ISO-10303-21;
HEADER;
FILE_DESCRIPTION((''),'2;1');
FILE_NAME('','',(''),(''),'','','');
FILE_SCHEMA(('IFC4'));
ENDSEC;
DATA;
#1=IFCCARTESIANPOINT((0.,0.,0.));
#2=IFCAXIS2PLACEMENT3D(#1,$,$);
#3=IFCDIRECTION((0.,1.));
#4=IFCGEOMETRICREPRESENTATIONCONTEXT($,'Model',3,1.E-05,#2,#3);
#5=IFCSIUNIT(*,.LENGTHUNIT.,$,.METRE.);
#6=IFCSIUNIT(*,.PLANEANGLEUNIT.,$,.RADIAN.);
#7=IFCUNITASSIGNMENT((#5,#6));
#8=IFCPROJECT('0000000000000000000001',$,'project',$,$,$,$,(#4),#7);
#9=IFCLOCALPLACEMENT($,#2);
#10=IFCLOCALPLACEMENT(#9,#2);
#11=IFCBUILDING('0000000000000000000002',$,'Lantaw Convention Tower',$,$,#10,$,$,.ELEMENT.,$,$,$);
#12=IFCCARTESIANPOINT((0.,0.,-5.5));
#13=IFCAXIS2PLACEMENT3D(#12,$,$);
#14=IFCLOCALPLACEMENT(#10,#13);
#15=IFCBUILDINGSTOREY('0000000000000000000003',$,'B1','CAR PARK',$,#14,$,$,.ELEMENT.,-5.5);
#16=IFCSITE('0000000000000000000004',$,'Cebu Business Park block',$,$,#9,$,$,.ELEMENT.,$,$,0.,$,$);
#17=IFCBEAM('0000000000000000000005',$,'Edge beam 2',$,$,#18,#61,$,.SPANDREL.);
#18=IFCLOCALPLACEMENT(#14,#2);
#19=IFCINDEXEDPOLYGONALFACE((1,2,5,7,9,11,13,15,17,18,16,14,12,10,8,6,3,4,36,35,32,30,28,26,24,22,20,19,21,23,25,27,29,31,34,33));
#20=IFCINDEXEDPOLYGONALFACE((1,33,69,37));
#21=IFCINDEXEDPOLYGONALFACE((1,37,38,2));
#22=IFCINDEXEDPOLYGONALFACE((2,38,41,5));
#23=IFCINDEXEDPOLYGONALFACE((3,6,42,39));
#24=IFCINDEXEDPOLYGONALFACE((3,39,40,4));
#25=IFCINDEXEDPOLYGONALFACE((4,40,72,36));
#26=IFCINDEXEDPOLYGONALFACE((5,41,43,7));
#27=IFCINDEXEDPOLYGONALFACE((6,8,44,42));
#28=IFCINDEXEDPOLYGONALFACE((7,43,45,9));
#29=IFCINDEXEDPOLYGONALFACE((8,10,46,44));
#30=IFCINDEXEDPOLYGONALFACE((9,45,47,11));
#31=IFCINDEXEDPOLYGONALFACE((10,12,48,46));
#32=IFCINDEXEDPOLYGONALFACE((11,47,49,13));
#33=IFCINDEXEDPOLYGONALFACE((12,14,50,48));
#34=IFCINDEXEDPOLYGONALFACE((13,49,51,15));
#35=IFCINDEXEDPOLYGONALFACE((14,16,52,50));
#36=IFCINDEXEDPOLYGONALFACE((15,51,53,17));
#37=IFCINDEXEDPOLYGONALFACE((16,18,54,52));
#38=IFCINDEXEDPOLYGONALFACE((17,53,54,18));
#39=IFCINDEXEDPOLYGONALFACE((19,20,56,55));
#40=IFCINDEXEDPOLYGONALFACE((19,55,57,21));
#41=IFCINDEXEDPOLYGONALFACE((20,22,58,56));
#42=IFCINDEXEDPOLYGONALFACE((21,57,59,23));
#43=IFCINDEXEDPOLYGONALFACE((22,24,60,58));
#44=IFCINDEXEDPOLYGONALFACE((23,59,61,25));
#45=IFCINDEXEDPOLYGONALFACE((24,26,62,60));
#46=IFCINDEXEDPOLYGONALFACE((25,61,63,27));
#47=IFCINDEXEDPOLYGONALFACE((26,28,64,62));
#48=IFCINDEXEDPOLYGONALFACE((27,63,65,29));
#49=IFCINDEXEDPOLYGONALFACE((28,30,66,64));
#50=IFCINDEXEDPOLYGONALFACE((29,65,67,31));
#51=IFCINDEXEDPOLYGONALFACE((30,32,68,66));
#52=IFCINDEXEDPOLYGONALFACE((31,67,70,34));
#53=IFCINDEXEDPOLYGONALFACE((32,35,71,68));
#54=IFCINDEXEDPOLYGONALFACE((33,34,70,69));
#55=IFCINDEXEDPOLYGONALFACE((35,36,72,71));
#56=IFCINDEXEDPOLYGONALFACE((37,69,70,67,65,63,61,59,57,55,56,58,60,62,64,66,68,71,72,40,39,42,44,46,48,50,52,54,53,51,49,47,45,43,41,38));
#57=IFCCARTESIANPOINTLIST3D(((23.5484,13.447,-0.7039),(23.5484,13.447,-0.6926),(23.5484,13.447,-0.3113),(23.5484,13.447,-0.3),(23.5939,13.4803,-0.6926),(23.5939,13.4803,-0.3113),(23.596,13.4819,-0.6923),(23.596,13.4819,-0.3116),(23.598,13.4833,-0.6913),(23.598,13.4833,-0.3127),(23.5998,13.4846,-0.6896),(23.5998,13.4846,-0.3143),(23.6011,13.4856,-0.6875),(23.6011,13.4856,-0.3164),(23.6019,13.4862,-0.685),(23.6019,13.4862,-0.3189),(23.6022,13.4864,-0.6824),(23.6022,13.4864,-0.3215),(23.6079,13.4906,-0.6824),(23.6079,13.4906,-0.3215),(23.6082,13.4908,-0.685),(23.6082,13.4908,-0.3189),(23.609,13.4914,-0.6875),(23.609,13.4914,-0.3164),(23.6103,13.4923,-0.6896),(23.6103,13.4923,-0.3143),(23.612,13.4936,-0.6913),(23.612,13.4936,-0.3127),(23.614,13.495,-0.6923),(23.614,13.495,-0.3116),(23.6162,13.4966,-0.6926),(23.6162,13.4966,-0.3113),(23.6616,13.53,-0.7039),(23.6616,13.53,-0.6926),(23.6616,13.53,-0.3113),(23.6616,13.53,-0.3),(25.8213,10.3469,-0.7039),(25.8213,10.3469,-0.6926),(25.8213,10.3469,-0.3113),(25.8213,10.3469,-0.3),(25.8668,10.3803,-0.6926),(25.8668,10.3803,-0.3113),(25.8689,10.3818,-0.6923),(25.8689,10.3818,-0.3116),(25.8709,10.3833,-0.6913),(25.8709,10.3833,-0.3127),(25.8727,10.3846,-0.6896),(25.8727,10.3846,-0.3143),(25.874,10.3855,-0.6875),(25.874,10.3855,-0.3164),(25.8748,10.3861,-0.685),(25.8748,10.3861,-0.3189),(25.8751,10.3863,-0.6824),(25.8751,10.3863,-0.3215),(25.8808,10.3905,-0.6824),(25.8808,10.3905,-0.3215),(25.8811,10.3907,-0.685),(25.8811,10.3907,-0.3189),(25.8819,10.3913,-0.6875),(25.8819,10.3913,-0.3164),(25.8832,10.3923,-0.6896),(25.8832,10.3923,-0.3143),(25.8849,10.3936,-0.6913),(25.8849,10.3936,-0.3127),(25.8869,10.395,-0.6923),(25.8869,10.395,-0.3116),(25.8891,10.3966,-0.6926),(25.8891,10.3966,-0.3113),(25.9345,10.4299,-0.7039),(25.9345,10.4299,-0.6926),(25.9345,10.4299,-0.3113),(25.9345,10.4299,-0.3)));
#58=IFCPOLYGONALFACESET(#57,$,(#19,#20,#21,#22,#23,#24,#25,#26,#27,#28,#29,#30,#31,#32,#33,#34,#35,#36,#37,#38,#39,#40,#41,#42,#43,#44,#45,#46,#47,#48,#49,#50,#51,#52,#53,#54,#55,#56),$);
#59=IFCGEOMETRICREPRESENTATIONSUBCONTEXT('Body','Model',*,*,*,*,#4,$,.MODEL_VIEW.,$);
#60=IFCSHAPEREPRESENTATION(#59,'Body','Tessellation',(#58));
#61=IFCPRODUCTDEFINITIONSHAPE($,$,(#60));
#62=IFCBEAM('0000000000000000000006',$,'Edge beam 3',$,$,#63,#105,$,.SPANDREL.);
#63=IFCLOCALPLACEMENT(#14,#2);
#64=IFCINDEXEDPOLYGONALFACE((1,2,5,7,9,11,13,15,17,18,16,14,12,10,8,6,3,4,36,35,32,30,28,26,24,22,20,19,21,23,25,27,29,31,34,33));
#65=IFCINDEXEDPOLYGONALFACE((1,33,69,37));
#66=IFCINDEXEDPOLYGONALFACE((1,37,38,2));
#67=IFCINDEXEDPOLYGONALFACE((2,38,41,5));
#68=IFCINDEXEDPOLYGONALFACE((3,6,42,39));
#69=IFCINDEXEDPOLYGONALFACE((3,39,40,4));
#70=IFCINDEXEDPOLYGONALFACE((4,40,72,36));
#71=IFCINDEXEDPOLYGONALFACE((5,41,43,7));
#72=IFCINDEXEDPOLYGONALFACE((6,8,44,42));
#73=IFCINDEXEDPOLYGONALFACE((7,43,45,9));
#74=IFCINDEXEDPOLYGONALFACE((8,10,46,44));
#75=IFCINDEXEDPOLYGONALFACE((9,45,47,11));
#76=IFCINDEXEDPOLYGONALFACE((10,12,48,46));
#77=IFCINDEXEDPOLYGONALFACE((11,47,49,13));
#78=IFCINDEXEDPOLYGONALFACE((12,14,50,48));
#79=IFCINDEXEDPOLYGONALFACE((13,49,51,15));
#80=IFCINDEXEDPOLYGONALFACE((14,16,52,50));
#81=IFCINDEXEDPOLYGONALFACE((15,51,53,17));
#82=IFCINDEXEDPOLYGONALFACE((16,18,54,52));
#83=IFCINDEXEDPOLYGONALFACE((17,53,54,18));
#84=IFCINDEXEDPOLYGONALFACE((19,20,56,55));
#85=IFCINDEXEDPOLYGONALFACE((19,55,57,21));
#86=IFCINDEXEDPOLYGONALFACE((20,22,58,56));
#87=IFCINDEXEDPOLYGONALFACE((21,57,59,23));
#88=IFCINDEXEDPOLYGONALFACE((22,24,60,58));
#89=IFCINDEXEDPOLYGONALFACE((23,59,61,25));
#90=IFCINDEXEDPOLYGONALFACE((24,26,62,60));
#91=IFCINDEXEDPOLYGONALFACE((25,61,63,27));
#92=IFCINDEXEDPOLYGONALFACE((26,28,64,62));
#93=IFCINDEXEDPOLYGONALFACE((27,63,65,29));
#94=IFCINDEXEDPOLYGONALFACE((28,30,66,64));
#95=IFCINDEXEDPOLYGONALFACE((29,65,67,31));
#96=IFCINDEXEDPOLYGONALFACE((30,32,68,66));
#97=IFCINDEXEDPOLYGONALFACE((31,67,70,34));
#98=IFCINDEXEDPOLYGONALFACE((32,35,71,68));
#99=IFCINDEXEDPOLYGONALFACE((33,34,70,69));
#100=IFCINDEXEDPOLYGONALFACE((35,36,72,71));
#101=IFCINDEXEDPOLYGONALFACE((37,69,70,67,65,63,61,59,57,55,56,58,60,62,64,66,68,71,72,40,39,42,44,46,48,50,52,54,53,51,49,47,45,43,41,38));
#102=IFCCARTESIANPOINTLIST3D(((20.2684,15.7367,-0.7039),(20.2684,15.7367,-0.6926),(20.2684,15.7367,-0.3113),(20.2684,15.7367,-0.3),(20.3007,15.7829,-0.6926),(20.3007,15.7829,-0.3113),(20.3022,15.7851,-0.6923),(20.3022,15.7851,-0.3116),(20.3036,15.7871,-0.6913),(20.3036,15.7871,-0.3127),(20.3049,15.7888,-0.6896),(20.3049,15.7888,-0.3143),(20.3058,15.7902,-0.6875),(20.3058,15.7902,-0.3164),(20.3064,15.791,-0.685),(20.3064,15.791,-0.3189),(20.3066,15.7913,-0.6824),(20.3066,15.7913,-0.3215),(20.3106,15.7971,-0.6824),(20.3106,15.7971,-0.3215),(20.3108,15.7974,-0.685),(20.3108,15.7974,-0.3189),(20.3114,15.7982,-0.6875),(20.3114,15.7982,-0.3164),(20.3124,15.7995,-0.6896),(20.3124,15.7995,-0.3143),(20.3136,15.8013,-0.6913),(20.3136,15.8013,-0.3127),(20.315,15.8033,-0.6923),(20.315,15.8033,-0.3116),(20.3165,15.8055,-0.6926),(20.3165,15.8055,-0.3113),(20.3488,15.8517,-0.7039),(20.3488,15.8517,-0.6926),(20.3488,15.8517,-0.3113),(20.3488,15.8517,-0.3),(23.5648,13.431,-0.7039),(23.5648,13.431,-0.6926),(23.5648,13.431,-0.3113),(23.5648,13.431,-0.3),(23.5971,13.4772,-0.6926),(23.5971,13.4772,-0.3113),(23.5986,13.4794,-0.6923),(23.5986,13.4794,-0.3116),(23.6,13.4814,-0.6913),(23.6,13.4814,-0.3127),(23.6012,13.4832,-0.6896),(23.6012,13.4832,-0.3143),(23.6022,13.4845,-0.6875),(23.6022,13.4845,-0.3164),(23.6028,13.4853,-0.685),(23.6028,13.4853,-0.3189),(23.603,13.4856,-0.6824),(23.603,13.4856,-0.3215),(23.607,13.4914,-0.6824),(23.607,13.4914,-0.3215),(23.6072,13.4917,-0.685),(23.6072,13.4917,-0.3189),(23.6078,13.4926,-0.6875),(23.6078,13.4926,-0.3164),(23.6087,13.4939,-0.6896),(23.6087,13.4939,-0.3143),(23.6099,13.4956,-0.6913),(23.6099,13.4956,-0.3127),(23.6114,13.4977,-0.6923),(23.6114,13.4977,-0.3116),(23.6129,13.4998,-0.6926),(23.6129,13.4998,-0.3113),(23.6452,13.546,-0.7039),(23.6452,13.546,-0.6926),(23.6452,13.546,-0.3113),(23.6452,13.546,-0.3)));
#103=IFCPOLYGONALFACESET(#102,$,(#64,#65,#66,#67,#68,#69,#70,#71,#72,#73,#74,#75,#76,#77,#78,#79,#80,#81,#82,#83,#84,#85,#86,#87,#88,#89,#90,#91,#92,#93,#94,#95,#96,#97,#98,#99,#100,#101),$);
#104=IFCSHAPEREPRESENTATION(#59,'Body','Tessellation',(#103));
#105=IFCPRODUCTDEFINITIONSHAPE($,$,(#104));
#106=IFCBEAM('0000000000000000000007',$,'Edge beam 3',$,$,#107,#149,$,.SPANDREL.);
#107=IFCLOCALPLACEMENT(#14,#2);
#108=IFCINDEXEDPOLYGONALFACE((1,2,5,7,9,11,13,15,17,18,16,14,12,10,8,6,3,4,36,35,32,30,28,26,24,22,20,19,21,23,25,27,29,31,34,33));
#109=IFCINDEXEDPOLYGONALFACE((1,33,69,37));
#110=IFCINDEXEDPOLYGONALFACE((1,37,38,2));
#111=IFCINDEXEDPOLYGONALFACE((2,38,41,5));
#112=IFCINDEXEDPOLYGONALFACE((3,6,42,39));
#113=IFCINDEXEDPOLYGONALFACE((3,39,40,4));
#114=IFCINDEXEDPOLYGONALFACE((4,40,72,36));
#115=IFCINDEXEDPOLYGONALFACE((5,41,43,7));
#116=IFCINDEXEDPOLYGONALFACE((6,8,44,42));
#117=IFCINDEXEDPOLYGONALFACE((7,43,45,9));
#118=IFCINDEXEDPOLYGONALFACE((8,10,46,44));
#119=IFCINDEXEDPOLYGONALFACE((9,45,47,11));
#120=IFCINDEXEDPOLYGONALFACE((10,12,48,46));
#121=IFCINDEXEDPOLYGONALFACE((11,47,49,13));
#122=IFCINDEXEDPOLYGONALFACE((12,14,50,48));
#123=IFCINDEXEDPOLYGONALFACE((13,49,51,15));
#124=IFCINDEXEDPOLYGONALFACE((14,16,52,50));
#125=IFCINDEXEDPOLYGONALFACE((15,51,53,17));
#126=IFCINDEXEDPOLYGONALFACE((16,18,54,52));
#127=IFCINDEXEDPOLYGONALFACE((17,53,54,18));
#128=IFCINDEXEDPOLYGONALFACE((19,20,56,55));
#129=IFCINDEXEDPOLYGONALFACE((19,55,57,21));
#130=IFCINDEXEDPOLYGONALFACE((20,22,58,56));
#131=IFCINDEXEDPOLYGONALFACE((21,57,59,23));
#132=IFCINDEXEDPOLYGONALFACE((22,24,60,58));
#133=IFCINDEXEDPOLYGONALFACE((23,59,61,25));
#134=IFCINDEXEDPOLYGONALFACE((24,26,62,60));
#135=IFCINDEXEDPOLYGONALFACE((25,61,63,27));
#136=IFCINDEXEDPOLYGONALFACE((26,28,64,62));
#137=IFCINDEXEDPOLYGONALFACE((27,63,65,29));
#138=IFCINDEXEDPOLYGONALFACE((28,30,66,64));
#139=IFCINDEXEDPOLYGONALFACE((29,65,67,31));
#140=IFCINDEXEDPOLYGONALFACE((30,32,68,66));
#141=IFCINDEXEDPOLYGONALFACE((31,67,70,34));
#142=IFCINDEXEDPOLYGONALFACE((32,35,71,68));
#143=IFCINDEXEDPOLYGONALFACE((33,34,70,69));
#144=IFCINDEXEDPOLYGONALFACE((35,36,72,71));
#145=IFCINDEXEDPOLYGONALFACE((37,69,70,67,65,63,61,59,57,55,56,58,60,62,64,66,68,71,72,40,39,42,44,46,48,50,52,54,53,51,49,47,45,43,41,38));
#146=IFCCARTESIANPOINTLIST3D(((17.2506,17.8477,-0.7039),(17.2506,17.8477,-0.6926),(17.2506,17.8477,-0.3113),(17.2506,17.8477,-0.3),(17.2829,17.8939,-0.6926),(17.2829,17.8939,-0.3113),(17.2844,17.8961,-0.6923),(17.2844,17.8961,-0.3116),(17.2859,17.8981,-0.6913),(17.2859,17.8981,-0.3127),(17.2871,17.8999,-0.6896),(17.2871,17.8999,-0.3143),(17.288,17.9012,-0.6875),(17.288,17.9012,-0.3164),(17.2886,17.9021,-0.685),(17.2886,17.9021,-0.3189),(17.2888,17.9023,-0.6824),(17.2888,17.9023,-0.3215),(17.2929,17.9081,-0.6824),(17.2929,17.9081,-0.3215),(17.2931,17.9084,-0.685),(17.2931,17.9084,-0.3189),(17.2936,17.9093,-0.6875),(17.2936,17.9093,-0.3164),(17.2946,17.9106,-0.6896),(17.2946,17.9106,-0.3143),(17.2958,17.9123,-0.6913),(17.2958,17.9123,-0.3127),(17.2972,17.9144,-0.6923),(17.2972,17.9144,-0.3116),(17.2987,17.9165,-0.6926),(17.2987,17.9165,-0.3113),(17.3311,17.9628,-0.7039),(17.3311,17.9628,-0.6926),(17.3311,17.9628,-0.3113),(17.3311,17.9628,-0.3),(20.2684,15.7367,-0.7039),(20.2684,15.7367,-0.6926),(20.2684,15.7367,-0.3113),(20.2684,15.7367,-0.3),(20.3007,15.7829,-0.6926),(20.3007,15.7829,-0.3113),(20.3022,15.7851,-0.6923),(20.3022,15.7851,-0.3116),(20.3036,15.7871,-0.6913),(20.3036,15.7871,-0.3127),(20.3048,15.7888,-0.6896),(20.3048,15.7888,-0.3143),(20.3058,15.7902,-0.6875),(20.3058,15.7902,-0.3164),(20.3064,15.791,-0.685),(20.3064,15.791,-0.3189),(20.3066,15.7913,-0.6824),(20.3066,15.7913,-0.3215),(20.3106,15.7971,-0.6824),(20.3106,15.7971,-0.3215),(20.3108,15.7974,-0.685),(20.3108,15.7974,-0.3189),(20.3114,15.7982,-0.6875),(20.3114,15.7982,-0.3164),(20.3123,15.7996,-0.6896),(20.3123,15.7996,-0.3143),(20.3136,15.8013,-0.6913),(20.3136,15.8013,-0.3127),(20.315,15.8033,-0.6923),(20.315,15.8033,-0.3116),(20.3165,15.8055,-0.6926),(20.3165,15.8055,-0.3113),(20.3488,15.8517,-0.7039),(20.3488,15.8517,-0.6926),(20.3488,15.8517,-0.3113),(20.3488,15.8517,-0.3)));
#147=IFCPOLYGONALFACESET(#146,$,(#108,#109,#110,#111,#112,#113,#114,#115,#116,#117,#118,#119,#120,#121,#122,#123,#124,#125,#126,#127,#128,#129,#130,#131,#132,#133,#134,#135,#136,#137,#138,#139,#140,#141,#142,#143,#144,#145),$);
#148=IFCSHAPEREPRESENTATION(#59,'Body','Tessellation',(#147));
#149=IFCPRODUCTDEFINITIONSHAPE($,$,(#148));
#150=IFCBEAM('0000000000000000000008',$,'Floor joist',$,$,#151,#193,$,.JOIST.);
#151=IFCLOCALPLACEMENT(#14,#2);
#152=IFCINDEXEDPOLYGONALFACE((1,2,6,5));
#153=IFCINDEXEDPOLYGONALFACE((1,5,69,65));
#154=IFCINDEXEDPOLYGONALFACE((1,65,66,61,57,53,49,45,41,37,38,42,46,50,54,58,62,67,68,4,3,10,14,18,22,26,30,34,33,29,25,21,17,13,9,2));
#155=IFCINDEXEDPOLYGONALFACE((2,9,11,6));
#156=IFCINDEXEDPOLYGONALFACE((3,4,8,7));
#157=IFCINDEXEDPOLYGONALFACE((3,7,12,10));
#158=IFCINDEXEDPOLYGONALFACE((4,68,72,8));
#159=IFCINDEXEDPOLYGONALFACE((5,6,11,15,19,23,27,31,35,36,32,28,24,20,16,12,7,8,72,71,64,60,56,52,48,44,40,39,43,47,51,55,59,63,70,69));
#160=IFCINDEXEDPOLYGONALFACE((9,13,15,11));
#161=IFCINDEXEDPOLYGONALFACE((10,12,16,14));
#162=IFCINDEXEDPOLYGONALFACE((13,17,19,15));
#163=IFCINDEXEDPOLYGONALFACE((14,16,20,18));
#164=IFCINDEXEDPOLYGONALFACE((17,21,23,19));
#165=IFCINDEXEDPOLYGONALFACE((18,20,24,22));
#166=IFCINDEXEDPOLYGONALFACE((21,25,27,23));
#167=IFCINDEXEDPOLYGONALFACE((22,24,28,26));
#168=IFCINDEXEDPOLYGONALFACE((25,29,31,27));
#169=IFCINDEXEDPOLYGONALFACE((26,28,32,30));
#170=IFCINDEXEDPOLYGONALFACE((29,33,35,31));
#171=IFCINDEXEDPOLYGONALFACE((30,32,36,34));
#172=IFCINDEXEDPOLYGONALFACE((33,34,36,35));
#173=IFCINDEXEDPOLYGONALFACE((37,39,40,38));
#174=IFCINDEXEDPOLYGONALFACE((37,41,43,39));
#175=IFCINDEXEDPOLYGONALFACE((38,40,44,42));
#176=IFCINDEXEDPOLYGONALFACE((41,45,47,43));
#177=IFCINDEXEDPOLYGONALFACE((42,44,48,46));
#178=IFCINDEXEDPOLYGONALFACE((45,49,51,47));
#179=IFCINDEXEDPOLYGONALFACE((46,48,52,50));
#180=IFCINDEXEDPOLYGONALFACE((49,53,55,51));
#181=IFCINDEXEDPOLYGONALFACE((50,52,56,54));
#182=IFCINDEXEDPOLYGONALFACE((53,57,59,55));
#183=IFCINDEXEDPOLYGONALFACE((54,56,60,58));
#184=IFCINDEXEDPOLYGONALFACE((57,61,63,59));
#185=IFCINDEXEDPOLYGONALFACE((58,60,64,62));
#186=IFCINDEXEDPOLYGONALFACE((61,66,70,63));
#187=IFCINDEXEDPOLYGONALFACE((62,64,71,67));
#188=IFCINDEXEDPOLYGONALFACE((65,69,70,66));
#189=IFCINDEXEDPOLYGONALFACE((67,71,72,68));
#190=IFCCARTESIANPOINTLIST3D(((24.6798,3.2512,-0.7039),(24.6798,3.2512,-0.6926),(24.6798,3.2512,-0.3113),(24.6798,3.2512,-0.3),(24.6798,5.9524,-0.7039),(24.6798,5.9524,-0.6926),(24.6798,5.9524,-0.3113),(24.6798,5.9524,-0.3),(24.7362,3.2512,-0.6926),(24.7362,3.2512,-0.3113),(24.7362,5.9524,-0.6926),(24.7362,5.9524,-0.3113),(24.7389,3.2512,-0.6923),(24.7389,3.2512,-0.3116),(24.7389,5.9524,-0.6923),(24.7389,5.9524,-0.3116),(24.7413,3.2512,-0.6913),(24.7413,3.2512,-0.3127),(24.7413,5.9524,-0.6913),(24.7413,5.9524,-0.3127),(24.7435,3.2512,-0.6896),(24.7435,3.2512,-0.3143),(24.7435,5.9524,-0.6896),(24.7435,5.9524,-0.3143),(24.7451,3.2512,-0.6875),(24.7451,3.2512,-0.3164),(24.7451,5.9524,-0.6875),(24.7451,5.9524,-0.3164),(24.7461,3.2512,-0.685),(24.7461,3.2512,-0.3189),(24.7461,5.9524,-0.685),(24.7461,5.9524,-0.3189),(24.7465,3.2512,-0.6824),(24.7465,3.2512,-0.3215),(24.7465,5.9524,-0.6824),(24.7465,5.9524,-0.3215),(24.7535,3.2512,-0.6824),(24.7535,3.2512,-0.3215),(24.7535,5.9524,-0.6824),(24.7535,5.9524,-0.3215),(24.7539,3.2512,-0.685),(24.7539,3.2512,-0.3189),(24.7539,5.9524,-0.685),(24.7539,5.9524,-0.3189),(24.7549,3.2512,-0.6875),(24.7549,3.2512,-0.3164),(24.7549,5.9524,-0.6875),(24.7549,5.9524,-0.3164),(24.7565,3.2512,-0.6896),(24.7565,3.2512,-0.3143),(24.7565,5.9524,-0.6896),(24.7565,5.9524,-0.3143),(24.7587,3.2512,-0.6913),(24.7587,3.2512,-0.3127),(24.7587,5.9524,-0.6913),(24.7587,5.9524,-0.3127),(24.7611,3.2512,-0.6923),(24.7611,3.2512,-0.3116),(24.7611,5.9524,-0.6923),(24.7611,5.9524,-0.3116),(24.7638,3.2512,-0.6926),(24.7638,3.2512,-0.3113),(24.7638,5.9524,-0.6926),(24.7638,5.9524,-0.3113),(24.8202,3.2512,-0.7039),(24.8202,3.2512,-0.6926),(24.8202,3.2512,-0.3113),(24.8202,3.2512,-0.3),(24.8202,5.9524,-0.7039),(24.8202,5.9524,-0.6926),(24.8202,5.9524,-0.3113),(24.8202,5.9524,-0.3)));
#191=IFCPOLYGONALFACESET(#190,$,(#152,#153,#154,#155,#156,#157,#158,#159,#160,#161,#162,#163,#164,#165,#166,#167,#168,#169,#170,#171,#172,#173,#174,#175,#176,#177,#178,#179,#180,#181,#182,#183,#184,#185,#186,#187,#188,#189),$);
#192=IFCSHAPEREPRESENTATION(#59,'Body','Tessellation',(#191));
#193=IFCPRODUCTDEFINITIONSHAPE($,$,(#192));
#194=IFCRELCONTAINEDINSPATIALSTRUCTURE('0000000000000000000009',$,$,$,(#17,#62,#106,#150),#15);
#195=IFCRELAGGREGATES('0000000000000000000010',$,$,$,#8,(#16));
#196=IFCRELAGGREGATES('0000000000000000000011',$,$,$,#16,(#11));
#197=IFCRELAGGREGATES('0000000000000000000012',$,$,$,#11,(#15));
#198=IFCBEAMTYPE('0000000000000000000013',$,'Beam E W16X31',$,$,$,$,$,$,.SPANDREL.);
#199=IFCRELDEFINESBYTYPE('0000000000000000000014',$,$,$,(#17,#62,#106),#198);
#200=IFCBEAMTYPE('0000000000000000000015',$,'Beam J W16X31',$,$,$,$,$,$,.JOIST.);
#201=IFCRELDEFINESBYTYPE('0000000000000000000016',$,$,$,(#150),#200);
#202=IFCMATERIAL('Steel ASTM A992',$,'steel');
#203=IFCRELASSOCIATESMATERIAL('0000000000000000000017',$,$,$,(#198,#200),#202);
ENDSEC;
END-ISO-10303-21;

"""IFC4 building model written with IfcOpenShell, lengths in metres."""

from ifc_helpers import new_model, si_unit, direction, frame, origin, origin_2d, place, context, subcontext, project, spatial, i_section, extrude, material, material_profile, profile_set, type_object, element, save


model = new_model("IFC4")

# Units and contexts
model_context = context("Model", 3, precision=1e-05, world=origin(), true_north=direction((0.0, 1.0)))
body_context = subcontext(model_context, "Body", "Model", "MODEL_VIEW")
ifc_project = project(units=[si_unit("LENGTHUNIT", "METRE"), si_unit("PLANEANGLEUNIT", "RADIAN")], contexts=[model_context])

# Site, building, storey
site_placement = place(None, origin())
site = spatial("IfcSite", under=ifc_project, at=site_placement, Name="Cebu Business Park block", CompositionType="ELEMENT", RefElevation=0.0)
building_placement = place(site_placement, origin())
building = spatial("IfcBuilding", under=site, at=building_placement, Name="Lantaw Convention Tower", CompositionType="ELEMENT")
storey_placement = place(building_placement, frame((0.0, 0.0, -5.5)))
storey = spatial("IfcBuildingStorey", under=building, at=storey_placement, Name="B1", Description="CAR PARK", CompositionType="ELEMENT", Elevation=-5.5)

# Beams
ifc_material_1 = material(Name="Steel ASTM A992", Category="steel")
ifc_material_profile_1 = material_profile(ifc_material_1, i_section(OverallWidth=0.1404, OverallDepth=0.4038, WebThickness=0.0071, FlangeThickness=0.0112, FilletRadius=0.0103, at=origin_2d()), Name="W16X31")
ifc_profile_set_1 = profile_set([ifc_material_profile_1], Name="Steel ASTM A992")
beam_type_1 = type_object("IfcBeamType", Name="Beam E W16X31", PredefinedType="SPANDREL", material=ifc_profile_set_1)
beam_1_placement = place(storey_placement, frame((25.8779, 10.3884, -0.502), z_axis=(-0.591287, 0.806462, 0.0), x_axis=(-0.806462, -0.591287, 0.0)))
element("IfcBeam", 1, at=beam_1_placement, inside=storey, type_object=beam_type_1, Name="Edge beam 2", PredefinedType="SPANDREL", context=body_context, shape_type="SweptSolid", body=[
    extrude(i_section(OverallWidth=0.1404, OverallDepth=0.4038, WebThickness=0.0071, FlangeThickness=0.0112, FilletRadius=0.0103, at=origin_2d()), origin(), (0.0, 0.0, 1.0), 3.844),
])
beam_2_placement = place(storey_placement, frame((23.605, 13.4885, -0.502), z_axis=(-0.819443, 0.573161, 0.0), x_axis=(-0.573161, -0.819443, 0.0)))
element("IfcBeam", 2, at=beam_2_placement, inside=storey, type_object=beam_type_1, Name="Edge beam 3", PredefinedType="SPANDREL", context=body_context, shape_type="SweptSolid", body=[
    extrude(i_section(OverallWidth=0.1404, OverallDepth=0.4038, WebThickness=0.0071, FlangeThickness=0.0112, FilletRadius=0.0103, at=origin_2d()), origin(), (0.0, 0.0, 1.0), 4.0227),
])
beam_3_placement = place(storey_placement, frame((20.3086, 15.7942, -0.502), z_axis=(-0.819409, 0.573209, 0.0), x_axis=(-0.573209, -0.819409, 0.0)))
element("IfcBeam", 3, at=beam_3_placement, inside=storey, type_object=beam_type_1, Name="Edge beam 3", PredefinedType="SPANDREL", context=body_context, shape_type="SweptSolid", body=[
    extrude(i_section(OverallWidth=0.1404, OverallDepth=0.4038, WebThickness=0.0071, FlangeThickness=0.0112, FilletRadius=0.0103, at=origin_2d()), origin(), (0.0, 0.0, 1.0), 3.6829),
])
ifc_material_profile_2 = material_profile(ifc_material_1, i_section(OverallWidth=0.1404, OverallDepth=0.4038, WebThickness=0.0071, FlangeThickness=0.0112, FilletRadius=0.0103, at=origin_2d()), Name="W16X31")
ifc_profile_set_2 = profile_set([ifc_material_profile_2], Name="Steel ASTM A992")
beam_type_2 = type_object("IfcBeamType", Name="Beam J W16X31", PredefinedType="JOIST", material=ifc_profile_set_2)
beam_4_placement = place(storey_placement, frame((24.75, 3.2512, -0.502), z_axis=(0.0, 1.0, 0.0), x_axis=(-1.0, 0.0, 0.0)))
element("IfcBeam", 4, at=beam_4_placement, inside=storey, type_object=beam_type_2, Name="Floor joist", PredefinedType="JOIST", context=body_context, shape_type="SweptSolid", body=[
    extrude(i_section(OverallWidth=0.1404, OverallDepth=0.4038, WebThickness=0.0071, FlangeThickness=0.0112, FilletRadius=0.0103, at=origin_2d()), origin(), (0.0, 0.0, 1.0), 2.7012),
])

save(model, "model.ifc")
